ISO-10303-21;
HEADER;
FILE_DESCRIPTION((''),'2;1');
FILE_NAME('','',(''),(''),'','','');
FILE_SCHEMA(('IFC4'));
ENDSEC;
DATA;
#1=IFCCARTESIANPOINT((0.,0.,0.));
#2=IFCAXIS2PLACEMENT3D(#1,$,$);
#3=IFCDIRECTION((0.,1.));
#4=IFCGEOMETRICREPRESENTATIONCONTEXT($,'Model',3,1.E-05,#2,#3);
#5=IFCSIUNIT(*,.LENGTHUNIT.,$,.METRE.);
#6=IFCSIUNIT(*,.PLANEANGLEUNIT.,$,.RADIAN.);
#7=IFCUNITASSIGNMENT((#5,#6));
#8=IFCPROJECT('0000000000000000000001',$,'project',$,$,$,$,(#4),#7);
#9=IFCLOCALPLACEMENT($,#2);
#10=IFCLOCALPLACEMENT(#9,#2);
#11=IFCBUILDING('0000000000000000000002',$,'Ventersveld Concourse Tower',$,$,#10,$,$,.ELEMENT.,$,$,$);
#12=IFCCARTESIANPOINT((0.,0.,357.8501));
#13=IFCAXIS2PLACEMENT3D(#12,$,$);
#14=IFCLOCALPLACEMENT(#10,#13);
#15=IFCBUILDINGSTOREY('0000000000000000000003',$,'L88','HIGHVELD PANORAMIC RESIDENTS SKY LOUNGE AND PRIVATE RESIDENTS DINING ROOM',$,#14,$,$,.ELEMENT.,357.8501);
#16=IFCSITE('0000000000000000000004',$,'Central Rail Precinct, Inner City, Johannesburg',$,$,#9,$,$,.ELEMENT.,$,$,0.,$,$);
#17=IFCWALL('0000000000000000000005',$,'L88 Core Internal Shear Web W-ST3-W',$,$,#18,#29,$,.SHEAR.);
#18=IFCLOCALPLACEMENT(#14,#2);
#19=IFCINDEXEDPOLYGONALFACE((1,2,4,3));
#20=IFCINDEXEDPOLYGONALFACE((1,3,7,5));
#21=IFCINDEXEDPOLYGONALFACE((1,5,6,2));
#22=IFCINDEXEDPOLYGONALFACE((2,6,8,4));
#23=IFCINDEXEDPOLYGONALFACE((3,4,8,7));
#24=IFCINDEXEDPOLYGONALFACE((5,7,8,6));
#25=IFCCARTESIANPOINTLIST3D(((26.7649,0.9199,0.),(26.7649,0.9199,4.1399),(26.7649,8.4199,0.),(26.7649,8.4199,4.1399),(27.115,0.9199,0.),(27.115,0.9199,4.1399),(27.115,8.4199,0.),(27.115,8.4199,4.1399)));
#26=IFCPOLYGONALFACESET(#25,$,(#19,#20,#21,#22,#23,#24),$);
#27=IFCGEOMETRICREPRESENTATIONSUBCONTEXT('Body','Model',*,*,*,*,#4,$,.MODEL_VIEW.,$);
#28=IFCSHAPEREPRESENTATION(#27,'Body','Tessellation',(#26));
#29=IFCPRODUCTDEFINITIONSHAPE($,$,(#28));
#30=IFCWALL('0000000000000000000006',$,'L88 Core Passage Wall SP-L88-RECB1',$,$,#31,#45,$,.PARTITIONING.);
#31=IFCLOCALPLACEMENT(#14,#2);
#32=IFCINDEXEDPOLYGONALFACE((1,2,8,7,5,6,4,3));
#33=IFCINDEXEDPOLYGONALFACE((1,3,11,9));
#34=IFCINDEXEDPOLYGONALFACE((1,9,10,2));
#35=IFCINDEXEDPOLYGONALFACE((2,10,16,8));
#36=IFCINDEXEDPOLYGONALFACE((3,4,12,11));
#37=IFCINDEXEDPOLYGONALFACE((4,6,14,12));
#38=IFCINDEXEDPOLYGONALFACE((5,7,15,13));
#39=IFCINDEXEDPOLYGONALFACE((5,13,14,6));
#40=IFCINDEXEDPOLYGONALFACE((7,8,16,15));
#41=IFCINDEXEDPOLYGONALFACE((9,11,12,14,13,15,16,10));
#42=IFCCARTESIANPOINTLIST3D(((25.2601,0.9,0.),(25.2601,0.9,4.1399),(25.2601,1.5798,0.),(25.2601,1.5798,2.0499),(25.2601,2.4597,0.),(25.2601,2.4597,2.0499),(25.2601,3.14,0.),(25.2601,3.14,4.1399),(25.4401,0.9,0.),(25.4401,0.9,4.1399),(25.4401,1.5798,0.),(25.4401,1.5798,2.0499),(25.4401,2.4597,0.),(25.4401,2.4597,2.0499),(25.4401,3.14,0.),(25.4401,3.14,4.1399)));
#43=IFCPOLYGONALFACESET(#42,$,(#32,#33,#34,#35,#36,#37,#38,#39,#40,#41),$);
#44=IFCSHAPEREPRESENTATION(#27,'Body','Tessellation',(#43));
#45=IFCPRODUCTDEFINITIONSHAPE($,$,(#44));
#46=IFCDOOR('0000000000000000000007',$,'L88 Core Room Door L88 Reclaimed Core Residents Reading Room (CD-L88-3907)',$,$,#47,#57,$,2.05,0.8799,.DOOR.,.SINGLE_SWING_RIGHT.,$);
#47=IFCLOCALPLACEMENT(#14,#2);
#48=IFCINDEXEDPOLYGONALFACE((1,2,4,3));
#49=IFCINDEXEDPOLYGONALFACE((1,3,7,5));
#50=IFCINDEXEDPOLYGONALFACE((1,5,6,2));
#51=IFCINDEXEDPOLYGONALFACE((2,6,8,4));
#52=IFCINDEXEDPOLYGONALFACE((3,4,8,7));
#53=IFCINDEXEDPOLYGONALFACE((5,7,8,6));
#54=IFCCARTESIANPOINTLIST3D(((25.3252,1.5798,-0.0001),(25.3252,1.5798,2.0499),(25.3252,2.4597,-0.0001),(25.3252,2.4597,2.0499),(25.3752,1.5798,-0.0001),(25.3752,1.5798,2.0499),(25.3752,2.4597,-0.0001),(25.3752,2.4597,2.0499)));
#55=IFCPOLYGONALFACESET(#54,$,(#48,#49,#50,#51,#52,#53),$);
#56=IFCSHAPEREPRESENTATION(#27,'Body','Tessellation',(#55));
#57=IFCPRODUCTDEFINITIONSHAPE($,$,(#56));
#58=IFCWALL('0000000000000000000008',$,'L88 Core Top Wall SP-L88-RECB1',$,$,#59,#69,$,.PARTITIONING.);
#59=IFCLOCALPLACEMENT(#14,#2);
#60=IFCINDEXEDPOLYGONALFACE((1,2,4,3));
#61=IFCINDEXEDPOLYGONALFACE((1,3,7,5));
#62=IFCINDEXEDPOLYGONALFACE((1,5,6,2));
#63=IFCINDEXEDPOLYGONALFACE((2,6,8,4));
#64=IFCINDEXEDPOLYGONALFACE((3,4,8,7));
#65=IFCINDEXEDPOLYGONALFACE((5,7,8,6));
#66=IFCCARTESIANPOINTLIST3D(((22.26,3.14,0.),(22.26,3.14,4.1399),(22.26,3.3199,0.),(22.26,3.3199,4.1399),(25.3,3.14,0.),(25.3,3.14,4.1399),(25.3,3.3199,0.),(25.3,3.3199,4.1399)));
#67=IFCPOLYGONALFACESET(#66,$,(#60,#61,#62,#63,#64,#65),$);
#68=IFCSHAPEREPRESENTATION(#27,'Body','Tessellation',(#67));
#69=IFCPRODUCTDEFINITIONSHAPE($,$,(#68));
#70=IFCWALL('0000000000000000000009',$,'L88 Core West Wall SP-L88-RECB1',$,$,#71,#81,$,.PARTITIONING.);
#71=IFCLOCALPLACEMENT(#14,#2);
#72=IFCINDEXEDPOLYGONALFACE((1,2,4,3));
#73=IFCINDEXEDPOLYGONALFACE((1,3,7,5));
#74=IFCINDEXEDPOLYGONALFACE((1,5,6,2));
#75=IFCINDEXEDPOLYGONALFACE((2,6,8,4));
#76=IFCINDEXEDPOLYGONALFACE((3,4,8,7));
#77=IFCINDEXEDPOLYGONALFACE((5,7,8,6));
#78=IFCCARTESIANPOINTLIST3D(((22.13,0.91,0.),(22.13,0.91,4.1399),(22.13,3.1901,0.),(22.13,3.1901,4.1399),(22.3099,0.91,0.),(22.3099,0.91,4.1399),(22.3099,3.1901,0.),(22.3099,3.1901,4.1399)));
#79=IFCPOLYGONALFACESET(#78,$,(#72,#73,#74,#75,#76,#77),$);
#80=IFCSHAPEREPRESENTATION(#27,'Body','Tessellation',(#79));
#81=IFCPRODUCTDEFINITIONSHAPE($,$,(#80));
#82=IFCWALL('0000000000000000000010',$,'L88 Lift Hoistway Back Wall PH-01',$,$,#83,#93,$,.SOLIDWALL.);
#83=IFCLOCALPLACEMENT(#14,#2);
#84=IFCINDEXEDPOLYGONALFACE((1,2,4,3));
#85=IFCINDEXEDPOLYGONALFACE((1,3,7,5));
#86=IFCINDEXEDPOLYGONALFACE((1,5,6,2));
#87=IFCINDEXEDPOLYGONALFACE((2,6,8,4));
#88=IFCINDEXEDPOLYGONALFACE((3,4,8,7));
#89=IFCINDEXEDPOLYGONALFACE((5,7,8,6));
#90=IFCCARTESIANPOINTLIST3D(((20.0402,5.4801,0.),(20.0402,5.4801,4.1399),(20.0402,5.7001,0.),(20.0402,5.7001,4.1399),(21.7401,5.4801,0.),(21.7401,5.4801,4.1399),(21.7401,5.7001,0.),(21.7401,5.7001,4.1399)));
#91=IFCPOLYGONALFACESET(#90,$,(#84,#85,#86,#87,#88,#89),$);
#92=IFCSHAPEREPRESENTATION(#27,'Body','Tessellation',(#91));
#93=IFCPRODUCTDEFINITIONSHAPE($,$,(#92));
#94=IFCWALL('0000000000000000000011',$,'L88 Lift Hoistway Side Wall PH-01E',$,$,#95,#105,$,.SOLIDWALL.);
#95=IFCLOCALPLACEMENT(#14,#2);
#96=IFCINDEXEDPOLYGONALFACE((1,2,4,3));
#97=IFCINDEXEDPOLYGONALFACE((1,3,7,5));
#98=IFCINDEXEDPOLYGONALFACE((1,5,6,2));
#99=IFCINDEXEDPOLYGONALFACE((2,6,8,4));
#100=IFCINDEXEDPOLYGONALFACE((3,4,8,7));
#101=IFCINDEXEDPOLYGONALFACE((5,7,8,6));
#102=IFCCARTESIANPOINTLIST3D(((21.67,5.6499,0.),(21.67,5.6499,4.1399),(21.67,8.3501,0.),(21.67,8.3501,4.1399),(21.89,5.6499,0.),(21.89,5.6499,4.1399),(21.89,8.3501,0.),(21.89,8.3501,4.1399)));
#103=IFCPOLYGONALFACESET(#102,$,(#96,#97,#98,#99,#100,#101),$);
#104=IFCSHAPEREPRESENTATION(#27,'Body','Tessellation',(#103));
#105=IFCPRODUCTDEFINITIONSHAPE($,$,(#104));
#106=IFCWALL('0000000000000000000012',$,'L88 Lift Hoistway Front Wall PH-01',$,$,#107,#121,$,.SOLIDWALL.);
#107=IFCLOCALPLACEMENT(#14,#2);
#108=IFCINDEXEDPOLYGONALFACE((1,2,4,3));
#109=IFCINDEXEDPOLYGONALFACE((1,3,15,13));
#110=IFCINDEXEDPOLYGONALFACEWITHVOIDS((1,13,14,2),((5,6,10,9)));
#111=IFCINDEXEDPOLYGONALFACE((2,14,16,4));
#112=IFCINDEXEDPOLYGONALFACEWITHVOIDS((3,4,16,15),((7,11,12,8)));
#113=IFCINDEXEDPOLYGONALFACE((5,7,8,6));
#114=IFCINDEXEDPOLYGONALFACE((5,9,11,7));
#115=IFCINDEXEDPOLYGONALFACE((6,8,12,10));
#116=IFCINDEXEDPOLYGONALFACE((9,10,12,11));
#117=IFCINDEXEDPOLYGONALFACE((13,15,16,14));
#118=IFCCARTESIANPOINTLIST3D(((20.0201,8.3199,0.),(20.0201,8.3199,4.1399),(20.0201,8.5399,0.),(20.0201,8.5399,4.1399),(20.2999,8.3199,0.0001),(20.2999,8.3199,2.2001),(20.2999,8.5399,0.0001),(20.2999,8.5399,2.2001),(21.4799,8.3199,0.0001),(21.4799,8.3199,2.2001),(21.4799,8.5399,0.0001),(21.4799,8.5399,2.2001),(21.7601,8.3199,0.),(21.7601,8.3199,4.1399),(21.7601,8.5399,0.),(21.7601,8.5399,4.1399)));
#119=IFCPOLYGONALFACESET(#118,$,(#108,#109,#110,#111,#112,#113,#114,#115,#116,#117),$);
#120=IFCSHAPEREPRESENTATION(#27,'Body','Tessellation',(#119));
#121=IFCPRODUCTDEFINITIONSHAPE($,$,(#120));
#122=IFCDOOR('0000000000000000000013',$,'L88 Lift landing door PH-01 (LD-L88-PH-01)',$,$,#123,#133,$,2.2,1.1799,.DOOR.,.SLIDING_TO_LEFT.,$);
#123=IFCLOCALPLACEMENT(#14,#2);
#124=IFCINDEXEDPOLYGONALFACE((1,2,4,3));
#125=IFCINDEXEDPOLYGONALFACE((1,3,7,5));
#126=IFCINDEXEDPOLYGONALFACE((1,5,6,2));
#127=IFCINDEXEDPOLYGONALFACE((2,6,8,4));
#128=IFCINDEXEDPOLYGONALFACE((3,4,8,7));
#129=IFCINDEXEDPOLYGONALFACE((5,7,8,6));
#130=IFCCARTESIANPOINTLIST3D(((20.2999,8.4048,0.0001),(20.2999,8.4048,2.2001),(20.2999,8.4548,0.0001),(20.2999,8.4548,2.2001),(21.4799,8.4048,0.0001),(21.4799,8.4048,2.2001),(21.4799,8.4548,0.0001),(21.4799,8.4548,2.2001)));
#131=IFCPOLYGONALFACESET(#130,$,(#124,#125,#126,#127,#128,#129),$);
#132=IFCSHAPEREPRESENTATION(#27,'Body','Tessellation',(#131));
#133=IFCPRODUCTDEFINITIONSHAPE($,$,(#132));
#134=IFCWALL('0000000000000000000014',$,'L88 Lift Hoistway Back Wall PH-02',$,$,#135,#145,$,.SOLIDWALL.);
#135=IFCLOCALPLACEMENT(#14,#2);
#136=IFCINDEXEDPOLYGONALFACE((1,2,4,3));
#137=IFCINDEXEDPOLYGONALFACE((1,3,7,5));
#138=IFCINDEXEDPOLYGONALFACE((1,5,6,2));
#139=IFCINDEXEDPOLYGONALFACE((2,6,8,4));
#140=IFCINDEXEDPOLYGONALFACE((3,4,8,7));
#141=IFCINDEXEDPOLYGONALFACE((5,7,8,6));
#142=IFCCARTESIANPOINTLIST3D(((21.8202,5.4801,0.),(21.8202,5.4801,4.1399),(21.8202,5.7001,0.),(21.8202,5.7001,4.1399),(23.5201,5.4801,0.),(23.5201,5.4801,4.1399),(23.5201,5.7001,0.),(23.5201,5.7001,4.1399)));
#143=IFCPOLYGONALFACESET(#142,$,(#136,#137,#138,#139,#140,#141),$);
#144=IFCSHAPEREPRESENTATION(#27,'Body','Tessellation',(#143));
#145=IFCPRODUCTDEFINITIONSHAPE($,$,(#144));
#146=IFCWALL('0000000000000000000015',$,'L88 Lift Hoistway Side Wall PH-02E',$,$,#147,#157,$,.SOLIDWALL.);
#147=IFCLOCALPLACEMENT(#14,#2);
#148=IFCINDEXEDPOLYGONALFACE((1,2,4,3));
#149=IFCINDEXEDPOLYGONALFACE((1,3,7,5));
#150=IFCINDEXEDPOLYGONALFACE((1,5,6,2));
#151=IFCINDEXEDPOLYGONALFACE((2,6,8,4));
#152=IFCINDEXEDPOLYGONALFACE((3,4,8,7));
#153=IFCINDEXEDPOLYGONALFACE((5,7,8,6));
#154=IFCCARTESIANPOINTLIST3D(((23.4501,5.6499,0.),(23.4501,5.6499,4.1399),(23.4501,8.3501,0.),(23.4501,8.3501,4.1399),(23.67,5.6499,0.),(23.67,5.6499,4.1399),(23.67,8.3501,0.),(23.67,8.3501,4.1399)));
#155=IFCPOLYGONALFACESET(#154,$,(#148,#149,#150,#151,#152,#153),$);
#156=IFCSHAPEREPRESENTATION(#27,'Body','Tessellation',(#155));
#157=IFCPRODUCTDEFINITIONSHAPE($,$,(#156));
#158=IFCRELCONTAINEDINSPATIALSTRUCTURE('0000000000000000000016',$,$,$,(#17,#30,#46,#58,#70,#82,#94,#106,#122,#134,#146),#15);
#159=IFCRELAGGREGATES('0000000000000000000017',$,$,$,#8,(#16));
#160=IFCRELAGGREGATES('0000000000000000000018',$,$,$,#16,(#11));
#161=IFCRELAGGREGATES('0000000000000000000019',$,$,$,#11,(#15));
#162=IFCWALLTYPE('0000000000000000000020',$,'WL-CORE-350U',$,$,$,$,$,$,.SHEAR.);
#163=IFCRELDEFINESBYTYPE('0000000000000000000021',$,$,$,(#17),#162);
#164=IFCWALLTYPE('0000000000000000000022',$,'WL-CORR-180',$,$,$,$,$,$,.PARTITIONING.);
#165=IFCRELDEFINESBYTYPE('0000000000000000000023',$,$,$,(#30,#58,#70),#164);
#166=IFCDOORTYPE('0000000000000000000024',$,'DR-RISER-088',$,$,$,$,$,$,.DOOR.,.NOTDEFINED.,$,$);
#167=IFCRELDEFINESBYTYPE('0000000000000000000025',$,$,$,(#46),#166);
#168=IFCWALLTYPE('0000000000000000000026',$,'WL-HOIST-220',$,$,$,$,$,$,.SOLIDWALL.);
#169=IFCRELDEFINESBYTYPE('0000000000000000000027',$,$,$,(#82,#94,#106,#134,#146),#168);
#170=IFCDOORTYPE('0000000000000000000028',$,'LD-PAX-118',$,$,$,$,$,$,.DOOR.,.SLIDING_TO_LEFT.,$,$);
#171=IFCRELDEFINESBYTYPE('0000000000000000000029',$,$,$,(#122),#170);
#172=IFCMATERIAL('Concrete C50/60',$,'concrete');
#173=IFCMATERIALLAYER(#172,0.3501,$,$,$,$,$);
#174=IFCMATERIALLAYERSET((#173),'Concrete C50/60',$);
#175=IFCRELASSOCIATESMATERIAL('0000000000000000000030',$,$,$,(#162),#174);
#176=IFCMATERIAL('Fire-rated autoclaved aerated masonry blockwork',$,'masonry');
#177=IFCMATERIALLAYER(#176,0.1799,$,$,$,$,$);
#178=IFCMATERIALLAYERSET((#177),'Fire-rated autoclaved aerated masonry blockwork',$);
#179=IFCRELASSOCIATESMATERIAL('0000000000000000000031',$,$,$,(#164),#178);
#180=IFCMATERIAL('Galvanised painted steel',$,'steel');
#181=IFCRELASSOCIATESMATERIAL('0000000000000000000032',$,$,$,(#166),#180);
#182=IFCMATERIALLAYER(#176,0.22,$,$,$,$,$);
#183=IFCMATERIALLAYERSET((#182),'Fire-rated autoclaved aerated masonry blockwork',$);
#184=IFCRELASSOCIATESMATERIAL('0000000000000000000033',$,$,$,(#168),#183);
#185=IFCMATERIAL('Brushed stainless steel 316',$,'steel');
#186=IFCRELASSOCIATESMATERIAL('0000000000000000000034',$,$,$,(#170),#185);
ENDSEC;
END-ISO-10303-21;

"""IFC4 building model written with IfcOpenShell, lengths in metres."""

from ifc_helpers import new_model, si_unit, direction, frame, frame_2d, origin, place, context, subcontext, project, spatial, rectangle, extrude, material, layer, layer_set, type_object, element, fill, save


model = new_model("IFC4")

# Units and contexts
model_context = context("Model", 3, precision=1e-05, world=origin(), true_north=direction((0.0, 1.0)))
body_context = subcontext(model_context, "Body", "Model", "MODEL_VIEW")
ifc_project = project(units=[si_unit("LENGTHUNIT", "METRE"), si_unit("PLANEANGLEUNIT", "RADIAN")], contexts=[model_context])

# Site, building, storey
site_placement = place(None, origin())
site = spatial("IfcSite", under=ifc_project, at=site_placement, Name="Central Rail Precinct, Inner City, Johannesburg", CompositionType="ELEMENT", RefElevation=0.0)
building_placement = place(site_placement, origin())
building = spatial("IfcBuilding", under=site, at=building_placement, Name="Ventersveld Concourse Tower", CompositionType="ELEMENT")
storey_placement = place(building_placement, frame((0.0, 0.0, 357.8501)))
storey = spatial("IfcBuildingStorey", under=building, at=storey_placement, Name="L88", Description="HIGHVELD PANORAMIC RESIDENTS SKY LOUNGE AND PRIVATE RESIDENTS DINING ROOM", CompositionType="ELEMENT", Elevation=357.8501)

# Wall
ifc_material_1 = material(Name="Concrete C50/60", Category="concrete")
ifc_layer_1 = layer(ifc_material_1, 0.3501)
ifc_layer_set_1 = layer_set([ifc_layer_1], Name="Concrete C50/60")
wall_type_1 = type_object("IfcWallType", Name="WL-CORE-350U", PredefinedType="SHEAR", material=ifc_layer_set_1)
wall_1_placement = place(storey_placement, frame((26.9399, 0.9199, 0.0), z_axis=(0.0, 0.0, 1.0), x_axis=(0.0, 1.0, 0.0)))
element("IfcWall", 1, at=wall_1_placement, inside=storey, type_object=wall_type_1, Name="L88 Core Internal Shear Web W-ST3-W", PredefinedType="SHEAR", context=body_context, shape_type="SweptSolid", body=[
    extrude(rectangle(XDim=7.5, YDim=0.3501, at=frame_2d((3.75, 0.0))), origin(), (0.0, 0.0, 1.0), 4.1399),
])

# Wall, opening, door
ifc_material_2 = material(Name="Fire-rated autoclaved aerated masonry blockwork", Category="masonry")
ifc_layer_2 = layer(ifc_material_2, 0.1799)
ifc_layer_set_2 = layer_set([ifc_layer_2], Name="Fire-rated autoclaved aerated masonry blockwork")
wall_type_2 = type_object("IfcWallType", Name="WL-CORR-180", PredefinedType="PARTITIONING", material=ifc_layer_set_2)
wall_2_placement = place(storey_placement, frame((25.3501, 0.8999, 0.0), z_axis=(0.0, 0.0, 1.0), x_axis=(0.0, 1.0, 0.0)))
wall_2 = element("IfcWall", 2, at=wall_2_placement, inside=storey, type_object=wall_type_2, Name="L88 Core Passage Wall SP-L88-RECB1", PredefinedType="PARTITIONING", context=body_context, shape_type="SweptSolid", body=[
    extrude(rectangle(XDim=2.24, YDim=0.1799, at=frame_2d((1.1201, 0.0))), origin(), (0.0, 0.0, 1.0), 4.1399),
])
opening_1_placement = place(wall_2_placement, frame((0.6799, 0.0, 0.0)))
opening_1 = element("IfcOpeningElement", 3, at=opening_1_placement, cuts=wall_2, PredefinedType="OPENING", context=body_context, shape_type="SweptSolid", body=[
    extrude(rectangle(XDim=0.8799, YDim=2.05, at=frame_2d((0.4399, 1.0249))), frame((0.0, 0.1001, 0.0), z_axis=(0.0, -1.0, 0.0), x_axis=(1.0, 0.0, 0.0)), (0.0, 0.0, 1.0), 0.2),
])
ifc_material_3 = material(Name="Galvanised painted steel", Category="steel")
door_type_1 = type_object("IfcDoorType", Name="DR-RISER-088", OperationType="NOTDEFINED", PredefinedType="DOOR", material=ifc_material_3)
door_1_placement = place(opening_1_placement, origin())
door_1 = element("IfcDoor", 4, at=door_1_placement, inside=storey, type_object=door_type_1, Name="L88 Core Room Door L88 Reclaimed Core Residents Reading Room (CD-L88-3907)", OperationType="SINGLE_SWING_RIGHT", OverallHeight=2.05, OverallWidth=0.8799, PredefinedType="DOOR", context=body_context, shape_type="SweptSolid", body=[
    extrude(rectangle(XDim=0.8799, YDim=2.05, at=frame_2d((0.4399, 1.0249))), frame((0.0, 0.0249, 0.0), z_axis=(0.0, -1.0, 0.0), x_axis=(1.0, 0.0, 0.0)), (0.0, 0.0, 1.0), 0.05),
])
fill(opening_1, door_1)

# Walls
wall_3_placement = place(storey_placement, frame((22.26, 3.23, 0.0), z_axis=(0.0, 0.0, 1.0), x_axis=(1.0, 0.0, 0.0)))
element("IfcWall", 5, at=wall_3_placement, inside=storey, type_object=wall_type_2, Name="L88 Core Top Wall SP-L88-RECB1", PredefinedType="PARTITIONING", context=body_context, shape_type="SweptSolid", body=[
    extrude(rectangle(XDim=3.04, YDim=0.1799, at=frame_2d((1.52, 0.0))), origin(), (0.0, 0.0, 1.0), 4.1399),
])
wall_4_placement = place(storey_placement, frame((22.22, 0.9099, 0.0), z_axis=(0.0, 0.0, 1.0), x_axis=(0.0, 1.0, 0.0)))
element("IfcWall", 6, at=wall_4_placement, inside=storey, type_object=wall_type_2, Name="L88 Core West Wall SP-L88-RECB1", PredefinedType="PARTITIONING", context=body_context, shape_type="SweptSolid", body=[
    extrude(rectangle(XDim=2.28, YDim=0.1799, at=frame_2d((1.1401, 0.0))), origin(), (0.0, 0.0, 1.0), 4.1399),
])
ifc_layer_3 = layer(ifc_material_2, 0.22)
ifc_layer_set_3 = layer_set([ifc_layer_3], Name="Fire-rated autoclaved aerated masonry blockwork")
wall_type_3 = type_object("IfcWallType", Name="WL-HOIST-220", PredefinedType="SOLIDWALL", material=ifc_layer_set_3)
wall_5_placement = place(storey_placement, frame((20.04, 5.5901, 0.0), z_axis=(0.0, 0.0, 1.0), x_axis=(1.0, 0.0, 0.0)))
element("IfcWall", 7, at=wall_5_placement, inside=storey, type_object=wall_type_3, Name="L88 Lift Hoistway Back Wall PH-01", PredefinedType="SOLIDWALL", context=body_context, shape_type="SweptSolid", body=[
    extrude(rectangle(XDim=1.7, YDim=0.22, at=frame_2d((0.8501, 0.0))), origin(), (0.0, 0.0, 1.0), 4.1399),
])
wall_6_placement = place(storey_placement, frame((21.78, 5.6499, 0.0), z_axis=(0.0, 0.0, 1.0), x_axis=(0.0, 1.0, 0.0)))
element("IfcWall", 8, at=wall_6_placement, inside=storey, type_object=wall_type_3, Name="L88 Lift Hoistway Side Wall PH-01E", PredefinedType="SOLIDWALL", context=body_context, shape_type="SweptSolid", body=[
    extrude(rectangle(XDim=2.7002, YDim=0.22, at=frame_2d((1.3501, 0.0))), origin(), (0.0, 0.0, 1.0), 4.1399),
])

# Wall, opening, door
wall_7_placement = place(storey_placement, frame((20.02, 8.4299, 0.0), z_axis=(0.0, 0.0, 1.0), x_axis=(1.0, 0.0, 0.0)))
wall_7 = element("IfcWall", 9, at=wall_7_placement, inside=storey, type_object=wall_type_3, Name="L88 Lift Hoistway Front Wall PH-01", PredefinedType="SOLIDWALL", context=body_context, shape_type="SweptSolid", body=[
    extrude(rectangle(XDim=1.74, YDim=0.22, at=frame_2d((0.8701, 0.0))), origin(), (0.0, 0.0, 1.0), 4.1399),
])
opening_2_placement = place(wall_7_placement, frame((0.28, 0.0, 0.0)))
opening_2 = element("IfcOpeningElement", 10, at=opening_2_placement, cuts=wall_7, PredefinedType="OPENING", context=body_context, shape_type="SweptSolid", body=[
    extrude(rectangle(XDim=1.1799, YDim=2.2, at=frame_2d((0.5898, 1.1001))), frame((0.0, 0.1201, 0.0), z_axis=(0.0, -1.0, 0.0), x_axis=(1.0, 0.0, 0.0)), (0.0, 0.0, 1.0), 0.24),
])
ifc_material_4 = material(Name="Brushed stainless steel 316", Category="steel")
door_type_2 = type_object("IfcDoorType", Name="LD-PAX-118", OperationType="SLIDING_TO_LEFT", PredefinedType="DOOR", material=ifc_material_4)
door_2_placement = place(opening_2_placement, origin())
door_2 = element("IfcDoor", 11, at=door_2_placement, inside=storey, type_object=door_type_2, Name="L88 Lift landing door PH-01 (LD-L88-PH-01)", OperationType="SLIDING_TO_LEFT", OverallHeight=2.2, OverallWidth=1.1799, PredefinedType="DOOR", context=body_context, shape_type="SweptSolid", body=[
    extrude(rectangle(XDim=1.1799, YDim=2.2, at=frame_2d((0.5898, 1.1001))), frame((0.0, 0.0249, 0.0), z_axis=(0.0, -1.0, 0.0), x_axis=(1.0, 0.0, 0.0)), (0.0, 0.0, 1.0), 0.05),
])
fill(opening_2, door_2)

# Walls
wall_8_placement = place(storey_placement, frame((21.8201, 5.5901, 0.0), z_axis=(0.0, 0.0, 1.0), x_axis=(1.0, 0.0, 0.0)))
element("IfcWall", 12, at=wall_8_placement, inside=storey, type_object=wall_type_3, Name="L88 Lift Hoistway Back Wall PH-02", PredefinedType="SOLIDWALL", context=body_context, shape_type="SweptSolid", body=[
    extrude(rectangle(XDim=1.7, YDim=0.22, at=frame_2d((0.8501, 0.0))), origin(), (0.0, 0.0, 1.0), 4.1399),
])
wall_9_placement = place(storey_placement, frame((23.5601, 5.6499, 0.0), z_axis=(0.0, 0.0, 1.0), x_axis=(0.0, 1.0, 0.0)))
element("IfcWall", 13, at=wall_9_placement, inside=storey, type_object=wall_type_3, Name="L88 Lift Hoistway Side Wall PH-02E", PredefinedType="SOLIDWALL", context=body_context, shape_type="SweptSolid", body=[
    extrude(rectangle(XDim=2.7002, YDim=0.22, at=frame_2d((1.3501, 0.0))), origin(), (0.0, 0.0, 1.0), 4.1399),
])

save(model, "model.ifc")
